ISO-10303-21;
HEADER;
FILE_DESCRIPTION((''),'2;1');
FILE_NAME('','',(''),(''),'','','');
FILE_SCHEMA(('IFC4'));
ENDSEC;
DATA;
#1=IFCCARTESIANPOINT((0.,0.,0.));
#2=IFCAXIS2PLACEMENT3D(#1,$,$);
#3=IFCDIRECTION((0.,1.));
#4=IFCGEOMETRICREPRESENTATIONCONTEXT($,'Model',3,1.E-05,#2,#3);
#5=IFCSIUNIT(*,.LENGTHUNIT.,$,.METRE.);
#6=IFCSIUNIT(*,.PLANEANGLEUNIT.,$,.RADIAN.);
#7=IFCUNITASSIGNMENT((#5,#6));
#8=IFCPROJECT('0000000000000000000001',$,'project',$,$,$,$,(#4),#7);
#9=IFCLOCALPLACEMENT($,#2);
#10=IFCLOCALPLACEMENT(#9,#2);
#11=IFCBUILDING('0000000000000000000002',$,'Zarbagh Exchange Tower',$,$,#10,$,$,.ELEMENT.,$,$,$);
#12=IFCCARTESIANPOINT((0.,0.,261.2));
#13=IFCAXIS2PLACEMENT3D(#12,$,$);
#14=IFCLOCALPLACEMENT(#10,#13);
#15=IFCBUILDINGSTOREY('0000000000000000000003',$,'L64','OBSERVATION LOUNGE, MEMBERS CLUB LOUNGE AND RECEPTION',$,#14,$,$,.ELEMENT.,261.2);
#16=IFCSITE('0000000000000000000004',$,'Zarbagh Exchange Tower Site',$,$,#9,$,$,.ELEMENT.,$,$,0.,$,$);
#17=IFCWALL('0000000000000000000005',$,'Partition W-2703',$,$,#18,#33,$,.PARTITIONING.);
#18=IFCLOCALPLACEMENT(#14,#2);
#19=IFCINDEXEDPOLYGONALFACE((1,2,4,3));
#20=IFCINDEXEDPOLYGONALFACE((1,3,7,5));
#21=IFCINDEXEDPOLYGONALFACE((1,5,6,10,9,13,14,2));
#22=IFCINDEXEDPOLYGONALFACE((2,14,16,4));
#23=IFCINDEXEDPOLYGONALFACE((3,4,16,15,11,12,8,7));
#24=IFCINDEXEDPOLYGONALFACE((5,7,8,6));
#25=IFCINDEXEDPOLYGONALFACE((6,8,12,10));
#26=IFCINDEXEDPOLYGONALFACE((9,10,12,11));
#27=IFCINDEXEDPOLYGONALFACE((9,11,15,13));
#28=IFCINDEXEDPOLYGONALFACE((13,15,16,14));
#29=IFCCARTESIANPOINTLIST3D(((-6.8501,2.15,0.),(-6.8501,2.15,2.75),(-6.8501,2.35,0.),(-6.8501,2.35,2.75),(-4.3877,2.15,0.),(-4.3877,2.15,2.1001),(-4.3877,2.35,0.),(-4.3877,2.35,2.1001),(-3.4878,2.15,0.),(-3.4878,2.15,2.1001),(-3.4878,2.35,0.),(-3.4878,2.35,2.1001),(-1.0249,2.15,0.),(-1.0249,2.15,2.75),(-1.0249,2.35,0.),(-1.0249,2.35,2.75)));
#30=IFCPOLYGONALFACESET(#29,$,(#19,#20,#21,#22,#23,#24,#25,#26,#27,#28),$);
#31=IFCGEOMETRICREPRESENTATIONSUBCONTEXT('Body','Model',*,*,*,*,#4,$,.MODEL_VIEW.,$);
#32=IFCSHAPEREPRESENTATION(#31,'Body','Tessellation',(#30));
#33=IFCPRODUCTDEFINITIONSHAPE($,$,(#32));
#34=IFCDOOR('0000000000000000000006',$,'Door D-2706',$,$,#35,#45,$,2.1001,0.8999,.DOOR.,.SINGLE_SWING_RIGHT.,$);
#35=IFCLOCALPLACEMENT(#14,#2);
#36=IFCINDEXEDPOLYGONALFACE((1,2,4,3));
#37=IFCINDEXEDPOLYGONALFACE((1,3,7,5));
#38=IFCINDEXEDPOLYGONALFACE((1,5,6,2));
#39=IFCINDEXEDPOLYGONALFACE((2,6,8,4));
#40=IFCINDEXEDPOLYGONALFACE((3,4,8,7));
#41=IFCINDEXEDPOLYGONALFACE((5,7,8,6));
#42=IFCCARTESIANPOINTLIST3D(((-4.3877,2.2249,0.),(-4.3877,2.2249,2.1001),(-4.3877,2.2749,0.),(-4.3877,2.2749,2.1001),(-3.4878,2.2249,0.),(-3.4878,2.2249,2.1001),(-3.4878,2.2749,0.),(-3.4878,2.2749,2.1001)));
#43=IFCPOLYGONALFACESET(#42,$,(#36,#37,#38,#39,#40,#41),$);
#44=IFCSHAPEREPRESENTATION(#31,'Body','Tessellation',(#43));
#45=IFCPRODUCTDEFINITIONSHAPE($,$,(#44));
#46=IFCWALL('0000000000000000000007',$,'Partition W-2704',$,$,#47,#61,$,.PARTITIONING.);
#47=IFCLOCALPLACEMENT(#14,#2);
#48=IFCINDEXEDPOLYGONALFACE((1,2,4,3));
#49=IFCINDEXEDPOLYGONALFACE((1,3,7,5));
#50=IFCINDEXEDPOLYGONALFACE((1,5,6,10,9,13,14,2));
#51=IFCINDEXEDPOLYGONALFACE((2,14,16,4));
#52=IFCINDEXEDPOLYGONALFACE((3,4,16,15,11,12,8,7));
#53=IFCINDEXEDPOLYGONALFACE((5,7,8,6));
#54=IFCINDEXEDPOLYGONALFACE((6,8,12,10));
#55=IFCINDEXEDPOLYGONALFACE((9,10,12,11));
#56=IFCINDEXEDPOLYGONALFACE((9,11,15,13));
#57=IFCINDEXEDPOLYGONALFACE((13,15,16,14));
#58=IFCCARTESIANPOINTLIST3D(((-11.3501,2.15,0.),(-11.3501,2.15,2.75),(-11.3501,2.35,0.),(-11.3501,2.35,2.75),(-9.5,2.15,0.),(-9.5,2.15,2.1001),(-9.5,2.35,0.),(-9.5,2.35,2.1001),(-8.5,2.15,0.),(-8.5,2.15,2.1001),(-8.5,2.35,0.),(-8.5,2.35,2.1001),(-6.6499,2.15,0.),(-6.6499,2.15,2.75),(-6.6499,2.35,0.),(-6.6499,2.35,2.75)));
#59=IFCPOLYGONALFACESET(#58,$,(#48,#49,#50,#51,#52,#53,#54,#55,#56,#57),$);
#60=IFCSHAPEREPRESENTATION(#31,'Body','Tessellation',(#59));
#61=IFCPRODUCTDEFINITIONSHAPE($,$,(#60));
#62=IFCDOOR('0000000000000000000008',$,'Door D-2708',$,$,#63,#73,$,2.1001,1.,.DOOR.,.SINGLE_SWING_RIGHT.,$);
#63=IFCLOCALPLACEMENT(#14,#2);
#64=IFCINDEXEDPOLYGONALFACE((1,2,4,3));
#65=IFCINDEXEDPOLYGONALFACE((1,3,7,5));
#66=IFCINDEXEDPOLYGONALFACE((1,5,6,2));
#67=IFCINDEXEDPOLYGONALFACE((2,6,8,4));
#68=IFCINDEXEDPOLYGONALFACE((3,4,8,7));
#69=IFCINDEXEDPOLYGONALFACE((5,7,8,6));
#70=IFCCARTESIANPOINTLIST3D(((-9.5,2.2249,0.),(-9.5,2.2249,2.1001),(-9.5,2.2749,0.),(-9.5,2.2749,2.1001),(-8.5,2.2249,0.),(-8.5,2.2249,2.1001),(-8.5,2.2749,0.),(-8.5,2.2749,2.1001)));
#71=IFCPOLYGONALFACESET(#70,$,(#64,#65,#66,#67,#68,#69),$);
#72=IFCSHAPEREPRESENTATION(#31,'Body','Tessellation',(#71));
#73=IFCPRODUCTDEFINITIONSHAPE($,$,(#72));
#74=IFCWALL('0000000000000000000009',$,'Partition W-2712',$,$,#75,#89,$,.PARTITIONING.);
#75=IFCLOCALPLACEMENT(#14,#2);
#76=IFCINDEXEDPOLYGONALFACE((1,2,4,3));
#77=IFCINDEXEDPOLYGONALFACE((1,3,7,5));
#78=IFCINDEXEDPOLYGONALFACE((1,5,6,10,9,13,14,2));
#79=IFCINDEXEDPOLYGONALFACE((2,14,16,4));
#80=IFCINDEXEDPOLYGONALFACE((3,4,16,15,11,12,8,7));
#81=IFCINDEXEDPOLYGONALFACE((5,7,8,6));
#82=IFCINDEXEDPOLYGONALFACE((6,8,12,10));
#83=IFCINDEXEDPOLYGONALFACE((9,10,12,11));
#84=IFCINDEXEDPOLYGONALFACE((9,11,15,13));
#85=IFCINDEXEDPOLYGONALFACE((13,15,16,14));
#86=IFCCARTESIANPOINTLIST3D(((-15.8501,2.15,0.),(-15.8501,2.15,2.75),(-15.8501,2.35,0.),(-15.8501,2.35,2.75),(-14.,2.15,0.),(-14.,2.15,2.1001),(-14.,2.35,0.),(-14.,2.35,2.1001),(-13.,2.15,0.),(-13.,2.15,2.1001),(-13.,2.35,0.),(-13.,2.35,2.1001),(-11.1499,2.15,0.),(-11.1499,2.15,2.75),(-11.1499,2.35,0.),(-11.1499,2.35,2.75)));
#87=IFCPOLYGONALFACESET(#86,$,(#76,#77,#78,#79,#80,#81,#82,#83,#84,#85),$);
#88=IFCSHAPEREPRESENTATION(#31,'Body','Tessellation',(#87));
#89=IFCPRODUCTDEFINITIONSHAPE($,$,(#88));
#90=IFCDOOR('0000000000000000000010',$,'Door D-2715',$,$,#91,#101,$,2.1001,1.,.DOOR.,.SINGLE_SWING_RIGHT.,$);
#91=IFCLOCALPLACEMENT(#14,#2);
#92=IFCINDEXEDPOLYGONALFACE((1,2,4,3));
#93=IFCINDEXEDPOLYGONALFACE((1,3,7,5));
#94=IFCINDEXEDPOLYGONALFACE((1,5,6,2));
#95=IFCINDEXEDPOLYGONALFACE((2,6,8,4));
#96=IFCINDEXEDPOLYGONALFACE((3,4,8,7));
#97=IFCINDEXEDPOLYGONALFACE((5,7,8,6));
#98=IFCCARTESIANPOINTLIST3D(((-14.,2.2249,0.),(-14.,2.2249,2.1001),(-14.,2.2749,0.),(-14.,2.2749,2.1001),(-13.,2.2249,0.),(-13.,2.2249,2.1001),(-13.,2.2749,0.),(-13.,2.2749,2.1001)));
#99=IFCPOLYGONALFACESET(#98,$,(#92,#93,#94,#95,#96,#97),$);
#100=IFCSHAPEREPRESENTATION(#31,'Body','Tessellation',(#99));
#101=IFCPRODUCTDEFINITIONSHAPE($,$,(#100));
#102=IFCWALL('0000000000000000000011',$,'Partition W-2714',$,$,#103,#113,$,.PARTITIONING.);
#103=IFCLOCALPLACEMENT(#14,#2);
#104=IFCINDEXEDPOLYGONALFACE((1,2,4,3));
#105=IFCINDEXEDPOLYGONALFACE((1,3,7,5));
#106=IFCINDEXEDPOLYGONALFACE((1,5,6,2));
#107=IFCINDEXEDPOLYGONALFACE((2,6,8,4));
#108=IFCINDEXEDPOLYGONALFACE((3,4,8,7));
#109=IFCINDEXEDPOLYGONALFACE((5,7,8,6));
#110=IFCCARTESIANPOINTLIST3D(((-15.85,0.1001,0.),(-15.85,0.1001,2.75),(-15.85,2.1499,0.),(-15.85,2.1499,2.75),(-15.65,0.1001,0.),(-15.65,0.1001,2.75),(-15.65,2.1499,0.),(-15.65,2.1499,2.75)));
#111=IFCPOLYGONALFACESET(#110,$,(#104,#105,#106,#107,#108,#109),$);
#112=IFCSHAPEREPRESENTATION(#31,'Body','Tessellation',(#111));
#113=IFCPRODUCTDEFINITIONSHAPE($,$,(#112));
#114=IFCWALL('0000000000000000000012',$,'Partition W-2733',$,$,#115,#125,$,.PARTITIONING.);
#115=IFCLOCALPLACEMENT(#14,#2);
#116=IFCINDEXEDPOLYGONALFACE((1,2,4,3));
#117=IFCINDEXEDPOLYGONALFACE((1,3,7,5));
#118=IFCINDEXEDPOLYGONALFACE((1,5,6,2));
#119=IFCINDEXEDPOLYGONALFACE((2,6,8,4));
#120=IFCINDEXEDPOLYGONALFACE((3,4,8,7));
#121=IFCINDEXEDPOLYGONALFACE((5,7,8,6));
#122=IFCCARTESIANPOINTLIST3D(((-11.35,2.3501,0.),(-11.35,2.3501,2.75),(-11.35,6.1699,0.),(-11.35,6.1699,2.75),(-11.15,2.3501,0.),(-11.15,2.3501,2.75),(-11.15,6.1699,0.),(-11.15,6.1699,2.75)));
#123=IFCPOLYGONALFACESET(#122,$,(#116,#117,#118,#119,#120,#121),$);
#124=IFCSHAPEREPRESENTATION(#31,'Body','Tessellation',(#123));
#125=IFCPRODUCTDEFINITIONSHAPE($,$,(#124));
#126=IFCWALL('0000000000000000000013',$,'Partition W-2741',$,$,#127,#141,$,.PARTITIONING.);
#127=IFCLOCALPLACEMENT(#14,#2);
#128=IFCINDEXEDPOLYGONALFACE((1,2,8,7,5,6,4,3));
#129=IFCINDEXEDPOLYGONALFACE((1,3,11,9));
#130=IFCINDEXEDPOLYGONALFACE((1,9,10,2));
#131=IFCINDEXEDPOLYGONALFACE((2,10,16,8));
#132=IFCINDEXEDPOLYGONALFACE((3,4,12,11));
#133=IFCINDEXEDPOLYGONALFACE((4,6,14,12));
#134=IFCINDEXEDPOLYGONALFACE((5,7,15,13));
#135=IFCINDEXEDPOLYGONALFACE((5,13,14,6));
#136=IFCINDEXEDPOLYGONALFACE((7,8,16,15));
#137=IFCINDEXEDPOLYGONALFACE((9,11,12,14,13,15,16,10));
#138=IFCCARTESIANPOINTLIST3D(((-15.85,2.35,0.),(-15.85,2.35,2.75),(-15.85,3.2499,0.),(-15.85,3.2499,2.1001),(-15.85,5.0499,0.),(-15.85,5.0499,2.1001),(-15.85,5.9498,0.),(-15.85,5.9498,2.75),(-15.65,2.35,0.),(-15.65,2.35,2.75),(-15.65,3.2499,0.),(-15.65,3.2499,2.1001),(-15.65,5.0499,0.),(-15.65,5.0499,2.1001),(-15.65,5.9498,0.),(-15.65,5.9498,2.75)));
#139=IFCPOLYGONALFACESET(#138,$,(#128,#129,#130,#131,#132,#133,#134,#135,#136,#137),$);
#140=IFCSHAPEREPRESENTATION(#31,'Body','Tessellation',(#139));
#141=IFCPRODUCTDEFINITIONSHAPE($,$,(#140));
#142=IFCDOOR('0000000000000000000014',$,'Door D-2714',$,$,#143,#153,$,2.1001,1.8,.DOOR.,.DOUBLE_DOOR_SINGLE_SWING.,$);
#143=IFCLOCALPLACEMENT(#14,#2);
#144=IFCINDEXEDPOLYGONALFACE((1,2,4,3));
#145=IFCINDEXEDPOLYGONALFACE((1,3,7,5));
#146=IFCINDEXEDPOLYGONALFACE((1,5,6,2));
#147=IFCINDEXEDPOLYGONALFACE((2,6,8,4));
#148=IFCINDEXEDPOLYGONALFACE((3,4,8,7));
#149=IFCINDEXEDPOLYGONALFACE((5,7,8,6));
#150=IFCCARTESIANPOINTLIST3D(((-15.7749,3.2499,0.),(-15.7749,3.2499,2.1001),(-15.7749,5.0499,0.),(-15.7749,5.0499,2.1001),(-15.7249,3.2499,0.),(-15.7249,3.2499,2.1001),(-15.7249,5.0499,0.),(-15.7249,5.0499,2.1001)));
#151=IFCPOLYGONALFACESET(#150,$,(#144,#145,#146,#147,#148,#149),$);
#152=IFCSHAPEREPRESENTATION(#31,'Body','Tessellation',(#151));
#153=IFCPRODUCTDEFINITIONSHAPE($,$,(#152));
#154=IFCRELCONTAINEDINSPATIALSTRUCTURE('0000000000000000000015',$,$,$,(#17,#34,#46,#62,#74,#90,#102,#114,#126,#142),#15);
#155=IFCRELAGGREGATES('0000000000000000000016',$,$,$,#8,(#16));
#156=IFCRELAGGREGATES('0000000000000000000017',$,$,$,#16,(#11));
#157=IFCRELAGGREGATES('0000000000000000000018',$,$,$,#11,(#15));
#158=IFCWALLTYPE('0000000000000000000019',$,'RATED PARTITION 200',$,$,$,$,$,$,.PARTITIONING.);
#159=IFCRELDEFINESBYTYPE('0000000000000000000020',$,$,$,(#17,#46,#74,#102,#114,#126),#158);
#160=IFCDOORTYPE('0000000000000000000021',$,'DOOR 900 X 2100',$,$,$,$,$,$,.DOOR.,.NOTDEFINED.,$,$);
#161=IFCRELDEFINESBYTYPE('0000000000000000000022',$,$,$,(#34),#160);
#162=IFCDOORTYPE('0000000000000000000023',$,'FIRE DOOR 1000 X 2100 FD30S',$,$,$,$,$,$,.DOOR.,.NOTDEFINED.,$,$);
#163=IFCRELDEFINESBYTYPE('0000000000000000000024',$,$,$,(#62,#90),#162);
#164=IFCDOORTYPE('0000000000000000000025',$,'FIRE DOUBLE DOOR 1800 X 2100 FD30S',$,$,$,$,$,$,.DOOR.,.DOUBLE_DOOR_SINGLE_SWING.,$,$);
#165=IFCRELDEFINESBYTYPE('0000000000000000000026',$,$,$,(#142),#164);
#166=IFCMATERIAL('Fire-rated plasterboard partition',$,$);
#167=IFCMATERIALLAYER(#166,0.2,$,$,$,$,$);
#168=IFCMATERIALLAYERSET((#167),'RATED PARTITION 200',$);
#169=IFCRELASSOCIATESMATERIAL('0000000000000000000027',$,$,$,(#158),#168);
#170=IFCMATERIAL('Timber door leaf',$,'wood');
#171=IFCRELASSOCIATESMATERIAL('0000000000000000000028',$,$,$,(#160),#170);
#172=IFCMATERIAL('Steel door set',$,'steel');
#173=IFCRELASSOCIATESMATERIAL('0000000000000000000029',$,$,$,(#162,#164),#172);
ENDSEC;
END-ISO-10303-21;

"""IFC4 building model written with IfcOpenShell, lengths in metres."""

from ifc_helpers import new_model, si_unit, direction, frame, frame_2d, origin, place, context, subcontext, project, spatial, rectangle, extrude, material, layer, layer_set, type_object, element, fill, save


model = new_model("IFC4")

# Units and contexts
model_context = context("Model", 3, precision=1e-05, world=origin(), true_north=direction((0.0, 1.0)))
body_context = subcontext(model_context, "Body", "Model", "MODEL_VIEW")
ifc_project = project(units=[si_unit("LENGTHUNIT", "METRE"), si_unit("PLANEANGLEUNIT", "RADIAN")], contexts=[model_context])

# Site, building, storey
site_placement = place(None, origin())
site = spatial("IfcSite", under=ifc_project, at=site_placement, Name="Zarbagh Exchange Tower Site", CompositionType="ELEMENT", RefElevation=0.0)
building_placement = place(site_placement, origin())
building = spatial("IfcBuilding", under=site, at=building_placement, Name="Zarbagh Exchange Tower", CompositionType="ELEMENT")
storey_placement = place(building_placement, frame((0.0, 0.0, 261.2)))
storey = spatial("IfcBuildingStorey", under=building, at=storey_placement, Name="L64", Description="OBSERVATION LOUNGE, MEMBERS CLUB LOUNGE AND RECEPTION", CompositionType="ELEMENT", Elevation=261.2)

# Walls, openings, doors
ifc_material_1 = material(Name="Fire-rated plasterboard partition")
ifc_layer = layer(ifc_material_1, 0.2)
ifc_layer_set = layer_set([ifc_layer], Name="RATED PARTITION 200")
wall_type = type_object("IfcWallType", Name="RATED PARTITION 200", PredefinedType="PARTITIONING", material=ifc_layer_set)
wall_1_placement = place(storey_placement, frame((-6.8501, 2.25, 0.0), z_axis=(0.0, 0.0, 1.0), x_axis=(1.0, 0.0, 0.0)))
wall_1 = element("IfcWall", 1, at=wall_1_placement, inside=storey, type_object=wall_type, Name="Partition W-2703", PredefinedType="PARTITIONING", context=body_context, shape_type="SweptSolid", body=[
    extrude(rectangle(XDim=5.8252, YDim=0.2, at=frame_2d((2.9126, 0.0))), origin(), (0.0, 0.0, 1.0), 2.75),
])
opening_1_placement = place(wall_1_placement, frame((2.4624, 0.0, 0.0)))
opening_1 = element("IfcOpeningElement", 2, at=opening_1_placement, cuts=wall_1, PredefinedType="OPENING", context=body_context, shape_type="SweptSolid", body=[
    extrude(rectangle(XDim=0.8999, YDim=2.1001, at=frame_2d((0.45, 1.05))), frame((0.0, 0.1099, 0.0), z_axis=(0.0, -1.0, 0.0), x_axis=(1.0, 0.0, 0.0)), (0.0, 0.0, 1.0), 0.22),
])
ifc_material_2 = material(Name="Timber door leaf", Category="wood")
door_type_1 = type_object("IfcDoorType", Name="DOOR 900 X 2100", OperationType="NOTDEFINED", PredefinedType="DOOR", material=ifc_material_2)
door_1_placement = place(opening_1_placement, origin())
door_1 = element("IfcDoor", 3, at=door_1_placement, inside=storey, type_object=door_type_1, Name="Door D-2706", OperationType="SINGLE_SWING_RIGHT", OverallHeight=2.1001, OverallWidth=0.8999, PredefinedType="DOOR", context=body_context, shape_type="SweptSolid", body=[
    extrude(rectangle(XDim=0.8999, YDim=2.1001, at=frame_2d((0.45, 1.05))), frame((0.0, 0.0249, 0.0), z_axis=(0.0, -1.0, 0.0), x_axis=(1.0, 0.0, 0.0)), (0.0, 0.0, 1.0), 0.05),
])
fill(opening_1, door_1)
wall_2_placement = place(storey_placement, frame((-11.3501, 2.25, 0.0), z_axis=(0.0, 0.0, 1.0), x_axis=(1.0, 0.0, 0.0)))
wall_2 = element("IfcWall", 4, at=wall_2_placement, inside=storey, type_object=wall_type, Name="Partition W-2704", PredefinedType="PARTITIONING", context=body_context, shape_type="SweptSolid", body=[
    extrude(rectangle(XDim=4.7002, YDim=0.2, at=frame_2d((2.3501, 0.0))), origin(), (0.0, 0.0, 1.0), 2.75),
])
opening_2_placement = place(wall_2_placement, frame((1.8501, 0.0, 0.0)))
opening_2 = element("IfcOpeningElement", 5, at=opening_2_placement, cuts=wall_2, PredefinedType="OPENING", context=body_context, shape_type="SweptSolid", body=[
    extrude(rectangle(XDim=1.0, YDim=2.1001, at=frame_2d((0.5, 1.05))), frame((0.0, 0.1099, 0.0), z_axis=(0.0, -1.0, 0.0), x_axis=(1.0, 0.0, 0.0)), (0.0, 0.0, 1.0), 0.22),
])
ifc_material_3 = material(Name="Steel door set", Category="steel")
door_type_2 = type_object("IfcDoorType", Name="FIRE DOOR 1000 X 2100 FD30S", OperationType="NOTDEFINED", PredefinedType="DOOR", material=ifc_material_3)
door_2_placement = place(opening_2_placement, origin())
door_2 = element("IfcDoor", 6, at=door_2_placement, inside=storey, type_object=door_type_2, Name="Door D-2708", OperationType="SINGLE_SWING_RIGHT", OverallHeight=2.1001, OverallWidth=1.0, PredefinedType="DOOR", context=body_context, shape_type="SweptSolid", body=[
    extrude(rectangle(XDim=1.0, YDim=2.1001, at=frame_2d((0.5, 1.05))), frame((0.0, 0.0249, 0.0), z_axis=(0.0, -1.0, 0.0), x_axis=(1.0, 0.0, 0.0)), (0.0, 0.0, 1.0), 0.05),
])
fill(opening_2, door_2)
wall_3_placement = place(storey_placement, frame((-15.8501, 2.25, 0.0), z_axis=(0.0, 0.0, 1.0), x_axis=(1.0, 0.0, 0.0)))
wall_3 = element("IfcWall", 7, at=wall_3_placement, inside=storey, type_object=wall_type, Name="Partition W-2712", PredefinedType="PARTITIONING", context=body_context, shape_type="SweptSolid", body=[
    extrude(rectangle(XDim=4.7002, YDim=0.2, at=frame_2d((2.3501, 0.0))), origin(), (0.0, 0.0, 1.0), 2.75),
])
opening_3_placement = place(wall_3_placement, frame((1.8501, 0.0, 0.0)))
opening_3 = element("IfcOpeningElement", 8, at=opening_3_placement, cuts=wall_3, PredefinedType="OPENING", context=body_context, shape_type="SweptSolid", body=[
    extrude(rectangle(XDim=1.0, YDim=2.1001, at=frame_2d((0.5, 1.05))), frame((0.0, 0.1099, 0.0), z_axis=(0.0, -1.0, 0.0), x_axis=(1.0, 0.0, 0.0)), (0.0, 0.0, 1.0), 0.22),
])
door_3_placement = place(opening_3_placement, origin())
door_3 = element("IfcDoor", 9, at=door_3_placement, inside=storey, type_object=door_type_2, Name="Door D-2715", OperationType="SINGLE_SWING_RIGHT", OverallHeight=2.1001, OverallWidth=1.0, PredefinedType="DOOR", context=body_context, shape_type="SweptSolid", body=[
    extrude(rectangle(XDim=1.0, YDim=2.1001, at=frame_2d((0.5, 1.05))), frame((0.0, 0.0249, 0.0), z_axis=(0.0, -1.0, 0.0), x_axis=(1.0, 0.0, 0.0)), (0.0, 0.0, 1.0), 0.05),
])
fill(opening_3, door_3)

# Walls
wall_4_placement = place(storey_placement, frame((-15.75, 0.1001, 0.0), z_axis=(0.0, 0.0, 1.0), x_axis=(0.0, 1.0, 0.0)))
element("IfcWall", 10, at=wall_4_placement, inside=storey, type_object=wall_type, Name="Partition W-2714", PredefinedType="PARTITIONING", context=body_context, shape_type="SweptSolid", body=[
    extrude(rectangle(XDim=2.0498, YDim=0.2, at=frame_2d((1.0249, 0.0))), origin(), (0.0, 0.0, 1.0), 2.75),
])
wall_5_placement = place(storey_placement, frame((-11.25, 2.3501, 0.0), z_axis=(0.0, 0.0, 1.0), x_axis=(0.0, 1.0, 0.0)))
element("IfcWall", 11, at=wall_5_placement, inside=storey, type_object=wall_type, Name="Partition W-2733", PredefinedType="PARTITIONING", context=body_context, shape_type="SweptSolid", body=[
    extrude(rectangle(XDim=3.8198, YDim=0.2, at=frame_2d((1.9099, 0.0))), origin(), (0.0, 0.0, 1.0), 2.75),
])

# Wall, opening, door
wall_6_placement = place(storey_placement, frame((-15.75, 2.3501, 0.0), z_axis=(0.0, 0.0, 1.0), x_axis=(0.0, 1.0, 0.0)))
wall_6 = element("IfcWall", 12, at=wall_6_placement, inside=storey, type_object=wall_type, Name="Partition W-2741", PredefinedType="PARTITIONING", context=body_context, shape_type="SweptSolid", body=[
    extrude(rectangle(XDim=3.5999, YDim=0.2, at=frame_2d((1.7998, 0.0))), origin(), (0.0, 0.0, 1.0), 2.75),
])
opening_4_placement = place(wall_6_placement, frame((0.8999, 0.0, 0.0)))
opening_4 = element("IfcOpeningElement", 13, at=opening_4_placement, cuts=wall_6, PredefinedType="OPENING", context=body_context, shape_type="SweptSolid", body=[
    extrude(rectangle(XDim=1.8, YDim=2.1001, at=frame_2d((0.8999, 1.05))), frame((0.0, 0.1099, 0.0), z_axis=(0.0, -1.0, 0.0), x_axis=(1.0, 0.0, 0.0)), (0.0, 0.0, 1.0), 0.22),
])
door_type_3 = type_object("IfcDoorType", Name="FIRE DOUBLE DOOR 1800 X 2100 FD30S", OperationType="DOUBLE_DOOR_SINGLE_SWING", PredefinedType="DOOR", material=ifc_material_3)
door_4_placement = place(opening_4_placement, origin())
door_4 = element("IfcDoor", 14, at=door_4_placement, inside=storey, type_object=door_type_3, Name="Door D-2714", OperationType="DOUBLE_DOOR_SINGLE_SWING", OverallHeight=2.1001, OverallWidth=1.8, PredefinedType="DOOR", context=body_context, shape_type="SweptSolid", body=[
    extrude(rectangle(XDim=1.8, YDim=2.1001, at=frame_2d((0.8999, 1.05))), frame((0.0, 0.0249, 0.0), z_axis=(0.0, -1.0, 0.0), x_axis=(1.0, 0.0, 0.0)), (0.0, 0.0, 1.0), 0.05),
])
fill(opening_4, door_4)

save(model, "model.ifc")
